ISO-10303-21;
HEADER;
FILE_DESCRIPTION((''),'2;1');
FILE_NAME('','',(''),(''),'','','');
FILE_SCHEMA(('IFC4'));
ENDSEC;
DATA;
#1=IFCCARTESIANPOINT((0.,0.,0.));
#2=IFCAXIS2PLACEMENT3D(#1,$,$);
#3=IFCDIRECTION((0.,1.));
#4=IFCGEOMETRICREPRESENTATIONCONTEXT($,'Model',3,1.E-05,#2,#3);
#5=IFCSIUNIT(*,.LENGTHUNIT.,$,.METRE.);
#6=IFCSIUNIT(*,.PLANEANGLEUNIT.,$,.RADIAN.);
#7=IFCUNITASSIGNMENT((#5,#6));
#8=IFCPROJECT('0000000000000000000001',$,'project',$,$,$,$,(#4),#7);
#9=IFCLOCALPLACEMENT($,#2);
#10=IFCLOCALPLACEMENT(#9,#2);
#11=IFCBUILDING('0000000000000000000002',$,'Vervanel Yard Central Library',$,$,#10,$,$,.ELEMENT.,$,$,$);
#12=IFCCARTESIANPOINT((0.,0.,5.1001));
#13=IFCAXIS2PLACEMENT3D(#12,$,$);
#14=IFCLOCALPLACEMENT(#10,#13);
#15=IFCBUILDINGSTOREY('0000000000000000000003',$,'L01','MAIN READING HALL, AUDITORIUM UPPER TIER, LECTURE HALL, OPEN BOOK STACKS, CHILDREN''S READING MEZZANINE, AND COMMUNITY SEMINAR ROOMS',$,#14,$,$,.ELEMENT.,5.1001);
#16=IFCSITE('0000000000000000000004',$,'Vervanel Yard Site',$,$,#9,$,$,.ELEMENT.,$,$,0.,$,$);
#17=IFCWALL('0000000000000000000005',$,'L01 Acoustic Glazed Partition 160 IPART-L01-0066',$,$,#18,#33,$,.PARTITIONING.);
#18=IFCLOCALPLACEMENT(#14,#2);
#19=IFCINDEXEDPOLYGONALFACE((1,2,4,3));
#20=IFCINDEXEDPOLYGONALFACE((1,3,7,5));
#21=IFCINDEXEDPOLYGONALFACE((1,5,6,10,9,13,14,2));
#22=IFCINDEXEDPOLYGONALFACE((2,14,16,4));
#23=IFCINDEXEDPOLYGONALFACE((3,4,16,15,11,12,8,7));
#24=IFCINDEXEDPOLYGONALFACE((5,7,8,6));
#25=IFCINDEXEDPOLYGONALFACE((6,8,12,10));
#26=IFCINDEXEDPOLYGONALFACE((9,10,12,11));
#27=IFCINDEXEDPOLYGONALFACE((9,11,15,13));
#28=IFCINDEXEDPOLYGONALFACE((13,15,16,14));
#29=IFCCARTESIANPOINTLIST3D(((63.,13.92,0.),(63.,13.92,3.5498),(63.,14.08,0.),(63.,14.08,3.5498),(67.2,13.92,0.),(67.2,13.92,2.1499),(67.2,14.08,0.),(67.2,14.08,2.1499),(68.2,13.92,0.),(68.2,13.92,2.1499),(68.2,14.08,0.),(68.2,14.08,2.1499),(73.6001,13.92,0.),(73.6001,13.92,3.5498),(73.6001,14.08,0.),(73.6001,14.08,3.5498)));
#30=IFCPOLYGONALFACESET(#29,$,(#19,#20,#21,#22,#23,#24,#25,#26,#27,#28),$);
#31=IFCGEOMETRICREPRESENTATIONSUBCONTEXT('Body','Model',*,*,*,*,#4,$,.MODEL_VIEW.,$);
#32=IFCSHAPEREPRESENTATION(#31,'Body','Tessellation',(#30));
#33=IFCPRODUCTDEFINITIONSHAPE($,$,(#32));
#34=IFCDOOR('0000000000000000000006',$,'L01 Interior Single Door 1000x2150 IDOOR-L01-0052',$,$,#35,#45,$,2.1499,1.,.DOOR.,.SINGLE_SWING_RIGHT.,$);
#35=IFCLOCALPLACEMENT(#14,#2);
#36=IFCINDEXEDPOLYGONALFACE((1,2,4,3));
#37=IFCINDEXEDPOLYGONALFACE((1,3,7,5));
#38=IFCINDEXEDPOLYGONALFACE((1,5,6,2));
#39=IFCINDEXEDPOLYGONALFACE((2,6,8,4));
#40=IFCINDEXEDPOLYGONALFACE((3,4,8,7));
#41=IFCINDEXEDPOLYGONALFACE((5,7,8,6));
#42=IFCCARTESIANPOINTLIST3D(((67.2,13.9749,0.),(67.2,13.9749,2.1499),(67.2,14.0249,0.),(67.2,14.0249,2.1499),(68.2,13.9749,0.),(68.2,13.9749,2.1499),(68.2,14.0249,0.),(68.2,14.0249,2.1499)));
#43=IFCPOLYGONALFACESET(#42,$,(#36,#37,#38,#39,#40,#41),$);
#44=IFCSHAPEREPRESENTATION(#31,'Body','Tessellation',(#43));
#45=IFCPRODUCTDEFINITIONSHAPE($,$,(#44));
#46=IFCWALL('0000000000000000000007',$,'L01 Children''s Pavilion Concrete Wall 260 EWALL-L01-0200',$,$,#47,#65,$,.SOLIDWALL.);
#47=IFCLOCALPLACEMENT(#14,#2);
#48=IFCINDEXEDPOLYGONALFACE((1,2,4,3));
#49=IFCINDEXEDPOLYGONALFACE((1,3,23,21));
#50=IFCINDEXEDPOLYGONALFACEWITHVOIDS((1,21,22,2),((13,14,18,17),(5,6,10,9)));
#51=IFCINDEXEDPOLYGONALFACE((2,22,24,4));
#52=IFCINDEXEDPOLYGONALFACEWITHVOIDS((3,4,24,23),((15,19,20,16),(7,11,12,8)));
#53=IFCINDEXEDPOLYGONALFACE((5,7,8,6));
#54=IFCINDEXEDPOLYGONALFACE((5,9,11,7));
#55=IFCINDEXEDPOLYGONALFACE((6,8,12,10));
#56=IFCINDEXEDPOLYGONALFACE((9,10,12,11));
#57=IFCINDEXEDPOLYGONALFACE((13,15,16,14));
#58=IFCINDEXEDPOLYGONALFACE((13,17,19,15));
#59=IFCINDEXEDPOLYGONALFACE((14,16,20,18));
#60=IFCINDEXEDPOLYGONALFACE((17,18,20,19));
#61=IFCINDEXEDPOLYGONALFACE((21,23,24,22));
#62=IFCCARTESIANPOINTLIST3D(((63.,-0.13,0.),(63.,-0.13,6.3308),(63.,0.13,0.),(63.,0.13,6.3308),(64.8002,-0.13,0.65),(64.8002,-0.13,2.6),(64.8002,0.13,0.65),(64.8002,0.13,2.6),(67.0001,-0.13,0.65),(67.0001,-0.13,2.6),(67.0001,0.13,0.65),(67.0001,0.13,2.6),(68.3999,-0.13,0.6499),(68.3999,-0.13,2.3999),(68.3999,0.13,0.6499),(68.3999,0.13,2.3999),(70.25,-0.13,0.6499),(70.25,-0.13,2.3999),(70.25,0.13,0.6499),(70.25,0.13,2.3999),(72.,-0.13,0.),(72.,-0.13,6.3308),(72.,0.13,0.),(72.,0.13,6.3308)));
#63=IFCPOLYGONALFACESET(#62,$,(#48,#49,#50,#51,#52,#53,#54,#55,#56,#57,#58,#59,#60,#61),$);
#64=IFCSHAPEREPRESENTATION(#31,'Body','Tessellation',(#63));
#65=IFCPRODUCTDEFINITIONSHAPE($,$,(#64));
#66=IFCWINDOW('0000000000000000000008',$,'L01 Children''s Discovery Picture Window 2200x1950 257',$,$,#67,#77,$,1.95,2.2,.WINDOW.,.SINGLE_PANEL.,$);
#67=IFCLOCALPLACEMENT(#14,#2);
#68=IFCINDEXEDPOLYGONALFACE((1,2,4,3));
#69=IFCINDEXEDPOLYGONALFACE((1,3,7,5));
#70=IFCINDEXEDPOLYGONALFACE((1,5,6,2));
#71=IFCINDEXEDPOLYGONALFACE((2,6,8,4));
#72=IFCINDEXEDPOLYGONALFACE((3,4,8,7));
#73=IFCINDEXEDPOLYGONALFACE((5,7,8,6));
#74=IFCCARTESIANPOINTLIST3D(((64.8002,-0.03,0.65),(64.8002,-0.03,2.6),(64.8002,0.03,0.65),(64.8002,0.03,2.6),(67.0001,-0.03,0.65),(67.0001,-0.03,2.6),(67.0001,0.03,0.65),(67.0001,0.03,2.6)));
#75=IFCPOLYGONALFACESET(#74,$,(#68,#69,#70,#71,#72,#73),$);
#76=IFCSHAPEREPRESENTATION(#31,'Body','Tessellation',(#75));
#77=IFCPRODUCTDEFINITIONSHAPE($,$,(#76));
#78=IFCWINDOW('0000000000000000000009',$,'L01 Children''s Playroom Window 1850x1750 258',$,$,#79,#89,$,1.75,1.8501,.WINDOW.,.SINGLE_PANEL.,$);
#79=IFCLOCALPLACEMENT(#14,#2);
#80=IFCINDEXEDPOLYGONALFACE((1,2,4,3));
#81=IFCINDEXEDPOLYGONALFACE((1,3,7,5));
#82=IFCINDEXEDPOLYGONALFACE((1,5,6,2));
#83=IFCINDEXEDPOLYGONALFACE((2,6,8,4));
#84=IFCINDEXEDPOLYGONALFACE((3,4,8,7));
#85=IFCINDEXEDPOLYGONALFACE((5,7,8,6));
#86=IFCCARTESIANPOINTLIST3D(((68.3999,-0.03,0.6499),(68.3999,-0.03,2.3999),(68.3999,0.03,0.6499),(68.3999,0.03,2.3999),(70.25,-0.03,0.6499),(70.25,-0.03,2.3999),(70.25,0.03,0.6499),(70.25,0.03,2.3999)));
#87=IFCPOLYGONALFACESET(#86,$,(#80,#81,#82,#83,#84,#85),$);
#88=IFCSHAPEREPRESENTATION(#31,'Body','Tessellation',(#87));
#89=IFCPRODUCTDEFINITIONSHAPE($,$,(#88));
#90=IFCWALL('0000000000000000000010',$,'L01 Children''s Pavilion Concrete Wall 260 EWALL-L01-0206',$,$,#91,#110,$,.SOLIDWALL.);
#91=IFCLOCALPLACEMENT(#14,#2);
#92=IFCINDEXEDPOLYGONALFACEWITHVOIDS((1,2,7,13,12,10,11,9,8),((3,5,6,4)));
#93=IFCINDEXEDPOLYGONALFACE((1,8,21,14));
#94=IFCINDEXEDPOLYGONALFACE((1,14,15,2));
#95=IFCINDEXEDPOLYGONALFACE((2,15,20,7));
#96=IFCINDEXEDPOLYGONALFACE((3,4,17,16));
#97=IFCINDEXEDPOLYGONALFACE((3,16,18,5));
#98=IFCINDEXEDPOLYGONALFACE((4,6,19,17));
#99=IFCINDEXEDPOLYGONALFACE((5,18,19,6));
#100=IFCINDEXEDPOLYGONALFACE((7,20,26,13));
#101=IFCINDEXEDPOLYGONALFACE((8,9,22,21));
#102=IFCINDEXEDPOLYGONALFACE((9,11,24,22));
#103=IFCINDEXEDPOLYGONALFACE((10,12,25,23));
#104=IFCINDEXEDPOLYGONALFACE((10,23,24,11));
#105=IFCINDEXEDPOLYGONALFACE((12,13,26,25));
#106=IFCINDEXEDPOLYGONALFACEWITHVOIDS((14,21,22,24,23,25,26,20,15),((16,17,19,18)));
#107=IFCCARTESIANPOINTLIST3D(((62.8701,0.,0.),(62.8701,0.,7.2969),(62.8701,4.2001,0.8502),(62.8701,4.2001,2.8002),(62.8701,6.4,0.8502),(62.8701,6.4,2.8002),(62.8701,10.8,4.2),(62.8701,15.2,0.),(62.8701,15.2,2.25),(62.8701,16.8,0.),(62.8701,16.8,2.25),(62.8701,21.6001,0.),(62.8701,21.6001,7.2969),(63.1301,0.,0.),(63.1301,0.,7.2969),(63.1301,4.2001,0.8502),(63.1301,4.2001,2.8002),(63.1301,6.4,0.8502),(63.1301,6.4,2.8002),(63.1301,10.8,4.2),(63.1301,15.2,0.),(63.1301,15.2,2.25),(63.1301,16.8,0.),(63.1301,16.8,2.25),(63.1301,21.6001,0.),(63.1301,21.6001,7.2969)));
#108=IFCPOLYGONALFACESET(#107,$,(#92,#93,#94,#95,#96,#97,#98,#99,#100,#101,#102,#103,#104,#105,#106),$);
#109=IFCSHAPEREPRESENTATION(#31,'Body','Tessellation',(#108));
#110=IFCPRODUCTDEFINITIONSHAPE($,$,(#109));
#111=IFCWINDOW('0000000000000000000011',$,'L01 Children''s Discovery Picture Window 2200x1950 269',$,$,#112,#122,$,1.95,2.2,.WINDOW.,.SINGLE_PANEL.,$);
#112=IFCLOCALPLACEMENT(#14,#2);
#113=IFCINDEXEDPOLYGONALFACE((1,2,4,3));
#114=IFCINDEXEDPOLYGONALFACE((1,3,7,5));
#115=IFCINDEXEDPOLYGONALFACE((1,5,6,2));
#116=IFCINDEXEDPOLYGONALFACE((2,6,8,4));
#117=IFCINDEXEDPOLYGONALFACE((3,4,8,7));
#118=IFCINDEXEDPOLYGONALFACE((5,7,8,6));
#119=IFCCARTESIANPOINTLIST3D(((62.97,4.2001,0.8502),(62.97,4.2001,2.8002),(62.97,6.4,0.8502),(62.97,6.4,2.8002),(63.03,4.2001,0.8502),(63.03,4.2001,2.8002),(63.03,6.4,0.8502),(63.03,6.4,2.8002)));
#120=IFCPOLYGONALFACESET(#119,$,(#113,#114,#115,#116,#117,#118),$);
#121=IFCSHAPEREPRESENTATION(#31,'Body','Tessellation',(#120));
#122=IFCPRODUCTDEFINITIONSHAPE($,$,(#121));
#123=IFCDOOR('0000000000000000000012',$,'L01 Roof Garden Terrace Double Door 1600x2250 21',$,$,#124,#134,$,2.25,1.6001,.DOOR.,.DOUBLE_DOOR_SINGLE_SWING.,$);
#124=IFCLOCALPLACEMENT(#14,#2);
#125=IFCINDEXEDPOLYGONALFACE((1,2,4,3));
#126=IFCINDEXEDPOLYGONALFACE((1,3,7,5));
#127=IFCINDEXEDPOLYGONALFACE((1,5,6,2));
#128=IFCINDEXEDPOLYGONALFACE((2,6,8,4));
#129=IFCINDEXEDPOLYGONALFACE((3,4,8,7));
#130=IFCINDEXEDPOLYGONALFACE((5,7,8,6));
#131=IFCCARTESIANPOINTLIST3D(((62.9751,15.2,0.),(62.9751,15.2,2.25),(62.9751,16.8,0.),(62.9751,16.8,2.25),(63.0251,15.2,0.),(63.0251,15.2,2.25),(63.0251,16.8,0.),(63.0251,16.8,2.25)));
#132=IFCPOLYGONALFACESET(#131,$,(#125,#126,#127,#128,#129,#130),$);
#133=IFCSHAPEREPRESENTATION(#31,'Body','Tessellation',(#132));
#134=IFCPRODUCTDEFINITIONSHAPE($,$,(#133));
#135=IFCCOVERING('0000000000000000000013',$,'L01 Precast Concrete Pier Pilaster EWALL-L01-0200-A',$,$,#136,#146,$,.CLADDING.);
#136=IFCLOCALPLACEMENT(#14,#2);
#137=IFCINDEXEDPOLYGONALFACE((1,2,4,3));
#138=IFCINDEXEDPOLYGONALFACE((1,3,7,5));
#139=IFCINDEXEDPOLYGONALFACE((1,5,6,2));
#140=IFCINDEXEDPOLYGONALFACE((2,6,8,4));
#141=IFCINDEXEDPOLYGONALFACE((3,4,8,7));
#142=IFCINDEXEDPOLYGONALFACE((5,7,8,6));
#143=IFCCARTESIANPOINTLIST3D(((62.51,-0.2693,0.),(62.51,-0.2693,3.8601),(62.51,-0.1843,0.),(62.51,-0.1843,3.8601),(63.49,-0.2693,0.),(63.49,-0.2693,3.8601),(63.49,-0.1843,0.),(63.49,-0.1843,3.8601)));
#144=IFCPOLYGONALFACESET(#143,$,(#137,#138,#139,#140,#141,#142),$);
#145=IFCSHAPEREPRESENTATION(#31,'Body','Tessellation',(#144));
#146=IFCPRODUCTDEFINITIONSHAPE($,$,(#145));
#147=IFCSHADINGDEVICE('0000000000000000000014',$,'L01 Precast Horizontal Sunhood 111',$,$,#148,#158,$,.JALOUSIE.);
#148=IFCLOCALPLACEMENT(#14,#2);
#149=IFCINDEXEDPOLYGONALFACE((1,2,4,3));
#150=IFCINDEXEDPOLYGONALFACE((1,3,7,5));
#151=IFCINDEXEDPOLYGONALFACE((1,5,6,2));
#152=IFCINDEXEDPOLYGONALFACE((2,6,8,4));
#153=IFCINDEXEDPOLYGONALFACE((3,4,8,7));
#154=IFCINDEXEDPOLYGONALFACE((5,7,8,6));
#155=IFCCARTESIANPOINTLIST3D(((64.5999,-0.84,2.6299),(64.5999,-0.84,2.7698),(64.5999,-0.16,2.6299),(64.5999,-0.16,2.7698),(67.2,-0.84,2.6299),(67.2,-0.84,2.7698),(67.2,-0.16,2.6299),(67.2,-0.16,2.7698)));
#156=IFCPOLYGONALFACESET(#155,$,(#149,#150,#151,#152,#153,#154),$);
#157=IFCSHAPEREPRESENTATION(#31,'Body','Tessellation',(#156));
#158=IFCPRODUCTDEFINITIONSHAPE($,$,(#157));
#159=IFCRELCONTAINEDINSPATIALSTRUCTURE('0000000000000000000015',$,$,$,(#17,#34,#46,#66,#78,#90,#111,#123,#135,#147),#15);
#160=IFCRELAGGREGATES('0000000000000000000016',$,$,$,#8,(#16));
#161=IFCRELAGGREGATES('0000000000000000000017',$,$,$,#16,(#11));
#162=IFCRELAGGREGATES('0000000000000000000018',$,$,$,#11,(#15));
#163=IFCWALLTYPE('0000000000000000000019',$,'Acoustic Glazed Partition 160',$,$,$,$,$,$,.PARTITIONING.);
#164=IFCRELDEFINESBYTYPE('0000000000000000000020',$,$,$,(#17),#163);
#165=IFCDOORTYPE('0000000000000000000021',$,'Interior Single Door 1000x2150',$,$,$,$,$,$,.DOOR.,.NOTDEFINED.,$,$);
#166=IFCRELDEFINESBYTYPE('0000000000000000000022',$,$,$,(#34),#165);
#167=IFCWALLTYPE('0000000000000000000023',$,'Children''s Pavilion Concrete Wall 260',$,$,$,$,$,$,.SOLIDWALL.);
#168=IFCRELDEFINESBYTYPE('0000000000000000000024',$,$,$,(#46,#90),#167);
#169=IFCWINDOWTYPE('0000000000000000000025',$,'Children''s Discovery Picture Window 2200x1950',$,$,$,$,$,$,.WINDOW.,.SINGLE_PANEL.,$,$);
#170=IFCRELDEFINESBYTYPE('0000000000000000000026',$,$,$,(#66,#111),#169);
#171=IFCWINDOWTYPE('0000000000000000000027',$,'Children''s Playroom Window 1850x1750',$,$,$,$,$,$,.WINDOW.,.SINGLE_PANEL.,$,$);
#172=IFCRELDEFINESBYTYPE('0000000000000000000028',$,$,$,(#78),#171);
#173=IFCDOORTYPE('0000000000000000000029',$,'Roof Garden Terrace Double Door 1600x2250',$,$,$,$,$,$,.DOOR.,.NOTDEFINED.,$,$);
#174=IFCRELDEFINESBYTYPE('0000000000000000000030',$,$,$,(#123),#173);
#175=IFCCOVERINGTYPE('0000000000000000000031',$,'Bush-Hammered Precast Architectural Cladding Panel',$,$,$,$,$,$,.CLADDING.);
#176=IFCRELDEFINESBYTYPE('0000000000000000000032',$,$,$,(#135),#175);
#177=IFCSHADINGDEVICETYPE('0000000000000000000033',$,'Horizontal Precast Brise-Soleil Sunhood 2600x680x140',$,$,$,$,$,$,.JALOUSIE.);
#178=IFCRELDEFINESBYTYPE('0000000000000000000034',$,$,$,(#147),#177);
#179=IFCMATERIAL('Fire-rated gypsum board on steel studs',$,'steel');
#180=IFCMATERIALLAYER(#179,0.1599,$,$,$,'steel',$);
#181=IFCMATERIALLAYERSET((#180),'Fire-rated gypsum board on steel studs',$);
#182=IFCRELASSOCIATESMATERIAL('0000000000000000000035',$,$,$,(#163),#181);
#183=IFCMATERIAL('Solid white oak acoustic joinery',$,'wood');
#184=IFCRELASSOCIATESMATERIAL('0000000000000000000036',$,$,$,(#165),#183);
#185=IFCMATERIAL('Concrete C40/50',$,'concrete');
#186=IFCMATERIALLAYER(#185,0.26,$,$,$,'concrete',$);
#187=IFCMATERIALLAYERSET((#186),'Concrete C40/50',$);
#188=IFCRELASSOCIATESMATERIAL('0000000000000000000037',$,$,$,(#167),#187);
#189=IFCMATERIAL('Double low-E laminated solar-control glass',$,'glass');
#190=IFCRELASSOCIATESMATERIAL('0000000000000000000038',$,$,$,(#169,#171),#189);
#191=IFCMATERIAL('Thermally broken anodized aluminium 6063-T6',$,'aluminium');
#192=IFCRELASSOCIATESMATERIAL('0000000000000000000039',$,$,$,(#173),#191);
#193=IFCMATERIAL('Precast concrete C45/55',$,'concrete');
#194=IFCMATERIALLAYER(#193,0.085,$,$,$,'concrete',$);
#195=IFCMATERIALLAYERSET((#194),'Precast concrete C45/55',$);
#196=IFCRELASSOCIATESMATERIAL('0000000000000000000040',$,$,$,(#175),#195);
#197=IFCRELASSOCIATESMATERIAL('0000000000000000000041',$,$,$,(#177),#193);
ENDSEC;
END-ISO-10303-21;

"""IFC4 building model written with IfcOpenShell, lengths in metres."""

from ifc_helpers import new_model, si_unit, direction, frame, frame_2d, origin, origin_2d, place, context, subcontext, project, spatial, polyline, rectangle, outline, extrude, material, layer, layer_set, type_object, element, fill, save


model = new_model("IFC4")

# Units and contexts
model_context = context("Model", 3, precision=1e-05, world=origin(), true_north=direction((0.0, 1.0)))
body_context = subcontext(model_context, "Body", "Model", "MODEL_VIEW")
ifc_project = project(units=[si_unit("LENGTHUNIT", "METRE"), si_unit("PLANEANGLEUNIT", "RADIAN")], contexts=[model_context])

# Site, building, storey
site_placement = place(None, origin())
site = spatial("IfcSite", under=ifc_project, at=site_placement, Name="Vervanel Yard Site", CompositionType="ELEMENT", RefElevation=0.0)
building_placement = place(site_placement, origin())
building = spatial("IfcBuilding", under=site, at=building_placement, Name="Vervanel Yard Central Library", CompositionType="ELEMENT")
storey_placement = place(building_placement, frame((0.0, 0.0, 5.1001)))
storey = spatial("IfcBuildingStorey", under=building, at=storey_placement, Name="L01", Description="MAIN READING HALL, AUDITORIUM UPPER TIER, LECTURE HALL, OPEN BOOK STACKS, CHILDREN'S READING MEZZANINE, AND COMMUNITY SEMINAR ROOMS", CompositionType="ELEMENT", Elevation=5.1001)

# Shared definitions
ifc_material_1 = material(Name="Concrete C40/50", Category="concrete")

# Wall, opening, door
ifc_material_2 = material(Name="Fire-rated gypsum board on steel studs", Category="steel")
ifc_layer_1 = layer(ifc_material_2, 0.1599, Category="steel")
ifc_layer_set_1 = layer_set([ifc_layer_1], Name="Fire-rated gypsum board on steel studs")
wall_type_1 = type_object("IfcWallType", Name="Acoustic Glazed Partition 160", PredefinedType="PARTITIONING", material=ifc_layer_set_1)
wall_1_placement = place(storey_placement, frame((63.0, 14.0, 0.0), z_axis=(0.0, 0.0, 1.0), x_axis=(1.0, 0.0, 0.0)))
wall_1 = element("IfcWall", 1, at=wall_1_placement, inside=storey, type_object=wall_type_1, Name="L01 Acoustic Glazed Partition 160 IPART-L01-0066", PredefinedType="PARTITIONING", context=body_context, shape_type="SweptSolid", body=[
    extrude(rectangle(XDim=10.6001, YDim=0.1599, at=frame_2d((5.3, 0.0))), origin(), (0.0, 0.0, 1.0), 3.5498),
])
opening_1_placement = place(wall_1_placement, frame((4.2, 0.0, 0.0)))
opening_1 = element("IfcOpeningElement", 2, at=opening_1_placement, cuts=wall_1, PredefinedType="OPENING", context=body_context, shape_type="SweptSolid", body=[
    extrude(rectangle(XDim=1.0, YDim=2.1499, at=frame_2d((0.5, 1.075))), frame((0.0, 0.0898, 0.0), z_axis=(0.0, -1.0, 0.0), x_axis=(1.0, 0.0, 0.0)), (0.0, 0.0, 1.0), 0.1799),
])
ifc_material_3 = material(Name="Solid white oak acoustic joinery", Category="wood")
door_type_1 = type_object("IfcDoorType", Name="Interior Single Door 1000x2150", OperationType="NOTDEFINED", PredefinedType="DOOR", material=ifc_material_3)
door_1_placement = place(opening_1_placement, origin())
door_1 = element("IfcDoor", 3, at=door_1_placement, inside=storey, type_object=door_type_1, Name="L01 Interior Single Door 1000x2150 IDOOR-L01-0052", OperationType="SINGLE_SWING_RIGHT", OverallHeight=2.1499, OverallWidth=1.0, PredefinedType="DOOR", context=body_context, shape_type="SweptSolid", body=[
    extrude(rectangle(XDim=1.0, YDim=2.1499, at=frame_2d((0.5, 1.075))), frame((0.0, 0.0249, 0.0), z_axis=(0.0, -1.0, 0.0), x_axis=(1.0, 0.0, 0.0)), (0.0, 0.0, 1.0), 0.05),
])
fill(opening_1, door_1)

# Wall, openings, windows
ifc_layer_2 = layer(ifc_material_1, 0.26, Category="concrete")
ifc_layer_set_2 = layer_set([ifc_layer_2], Name="Concrete C40/50")
wall_type_2 = type_object("IfcWallType", Name="Children's Pavilion Concrete Wall 260", PredefinedType="SOLIDWALL", material=ifc_layer_set_2)
wall_2_placement = place(storey_placement, frame((63.0, 0.0, 0.0), z_axis=(0.0, 0.0, 1.0), x_axis=(1.0, 0.0, 0.0)))
wall_2 = element("IfcWall", 4, at=wall_2_placement, inside=storey, type_object=wall_type_2, Name="L01 Children's Pavilion Concrete Wall 260 EWALL-L01-0200", PredefinedType="SOLIDWALL", context=body_context, shape_type="SweptSolid", body=[
    extrude(rectangle(XDim=9.0, YDim=0.26, at=frame_2d((4.5, 0.0))), origin(), (0.0, 0.0, 1.0), 6.3308),
])
opening_2_placement = place(wall_2_placement, frame((1.8, 0.0, 0.6499)))
opening_2 = element("IfcOpeningElement", 5, at=opening_2_placement, cuts=wall_2, PredefinedType="OPENING", context=body_context, shape_type="SweptSolid", body=[
    extrude(rectangle(XDim=2.2, YDim=1.95, at=frame_2d((1.1001, 0.9751))), frame((0.0, 0.1399, 0.0), z_axis=(0.0, -1.0, 0.0), x_axis=(1.0, 0.0, 0.0)), (0.0, 0.0, 1.0), 0.28),
])
opening_3_placement = place(wall_2_placement, frame((5.3999, 0.0, 0.6499)))
opening_3 = element("IfcOpeningElement", 6, at=opening_3_placement, cuts=wall_2, PredefinedType="OPENING", context=body_context, shape_type="SweptSolid", body=[
    extrude(rectangle(XDim=1.8501, YDim=1.75, at=frame_2d((0.925, 0.875))), frame((0.0, 0.1399, 0.0), z_axis=(0.0, -1.0, 0.0), x_axis=(1.0, 0.0, 0.0)), (0.0, 0.0, 1.0), 0.28),
])
ifc_material_4 = material(Name="Double low-E laminated solar-control glass", Category="glass")
window_type_1 = type_object("IfcWindowType", Name="Children's Discovery Picture Window 2200x1950", PartitioningType="SINGLE_PANEL", PredefinedType="WINDOW", material=ifc_material_4)
window_1_placement = place(opening_2_placement, origin())
window_1 = element("IfcWindow", 7, at=window_1_placement, inside=storey, type_object=window_type_1, Name="L01 Children's Discovery Picture Window 2200x1950 257", OverallHeight=1.95, OverallWidth=2.2, PartitioningType="SINGLE_PANEL", PredefinedType="WINDOW", context=body_context, shape_type="SweptSolid", body=[
    extrude(rectangle(XDim=2.2, YDim=1.95, at=frame_2d((1.1001, 0.9751))), frame((0.0, 0.03, 0.0), z_axis=(0.0, -1.0, 0.0), x_axis=(1.0, 0.0, 0.0)), (0.0, 0.0, 1.0), 0.0601),
])
fill(opening_2, window_1)
window_type_2 = type_object("IfcWindowType", Name="Children's Playroom Window 1850x1750", PartitioningType="SINGLE_PANEL", PredefinedType="WINDOW", material=ifc_material_4)
window_2_placement = place(opening_3_placement, origin())
window_2 = element("IfcWindow", 8, at=window_2_placement, inside=storey, type_object=window_type_2, Name="L01 Children's Playroom Window 1850x1750 258", OverallHeight=1.75, OverallWidth=1.8501, PartitioningType="SINGLE_PANEL", PredefinedType="WINDOW", context=body_context, shape_type="SweptSolid", body=[
    extrude(rectangle(XDim=1.8501, YDim=1.75, at=frame_2d((0.925, 0.875))), frame((0.0, 0.03, 0.0), z_axis=(0.0, -1.0, 0.0), x_axis=(1.0, 0.0, 0.0)), (0.0, 0.0, 1.0), 0.0601),
])
fill(opening_3, window_2)

# Wall, openings, window, door
wall_3_placement = place(storey_placement, frame((63.0, 0.0, 0.0), z_axis=(0.0, 0.0, 1.0), x_axis=(0.0, 1.0, 0.0)))
wall_3 = element("IfcWall", 9, at=wall_3_placement, inside=storey, type_object=wall_type_2, Name="L01 Children's Pavilion Concrete Wall 260 EWALL-L01-0206", PredefinedType="SOLIDWALL", context=body_context, shape_type="SweptSolid", body=[
    extrude(outline(polyline([(0.0, 0.0), (21.6001, 0.0), (21.6001, 7.2969), (10.8, 4.2), (0.0, 7.2969), (0.0, 0.0)])), frame((0.0, 0.1299, 0.0), z_axis=(0.0, -1.0, 0.0), x_axis=(1.0, 0.0, 0.0)), (0.0, 0.0, 1.0), 0.26),
])
opening_4_placement = place(wall_3_placement, frame((15.2, 0.0, 0.0)))
opening_4 = element("IfcOpeningElement", 10, at=opening_4_placement, cuts=wall_3, PredefinedType="OPENING", context=body_context, shape_type="SweptSolid", body=[
    extrude(rectangle(XDim=1.6001, YDim=2.25, at=frame_2d((0.8, 1.125))), frame((0.0, 0.1399, 0.0), z_axis=(0.0, -1.0, 0.0), x_axis=(1.0, 0.0, 0.0)), (0.0, 0.0, 1.0), 0.28),
])
opening_5_placement = place(wall_3_placement, frame((4.2, 0.0, 0.8501)))
opening_5 = element("IfcOpeningElement", 11, at=opening_5_placement, cuts=wall_3, PredefinedType="OPENING", context=body_context, shape_type="SweptSolid", body=[
    extrude(rectangle(XDim=2.2, YDim=1.95, at=frame_2d((1.1001, 0.9751))), frame((0.0, 0.1399, 0.0), z_axis=(0.0, -1.0, 0.0), x_axis=(1.0, 0.0, 0.0)), (0.0, 0.0, 1.0), 0.28),
])
window_3_placement = place(opening_5_placement, origin())
window_3 = element("IfcWindow", 12, at=window_3_placement, inside=storey, type_object=window_type_1, Name="L01 Children's Discovery Picture Window 2200x1950 269", OverallHeight=1.95, OverallWidth=2.2, PartitioningType="SINGLE_PANEL", PredefinedType="WINDOW", context=body_context, shape_type="SweptSolid", body=[
    extrude(rectangle(XDim=2.2, YDim=1.95, at=frame_2d((1.1001, 0.9751))), frame((0.0, 0.03, 0.0), z_axis=(0.0, -1.0, 0.0), x_axis=(1.0, 0.0, 0.0)), (0.0, 0.0, 1.0), 0.0601),
])
fill(opening_5, window_3)
ifc_material_5 = material(Name="Thermally broken anodized aluminium 6063-T6", Category="aluminium")
door_type_2 = type_object("IfcDoorType", Name="Roof Garden Terrace Double Door 1600x2250", OperationType="NOTDEFINED", PredefinedType="DOOR", material=ifc_material_5)
door_2_placement = place(opening_4_placement, origin())
door_2 = element("IfcDoor", 13, at=door_2_placement, inside=storey, type_object=door_type_2, Name="L01 Roof Garden Terrace Double Door 1600x2250 21", OperationType="DOUBLE_DOOR_SINGLE_SWING", OverallHeight=2.25, OverallWidth=1.6001, PredefinedType="DOOR", context=body_context, shape_type="SweptSolid", body=[
    extrude(rectangle(XDim=1.6001, YDim=2.25, at=frame_2d((0.8, 1.125))), frame((0.0, 0.0249, 0.0), z_axis=(0.0, -1.0, 0.0), x_axis=(1.0, 0.0, 0.0)), (0.0, 0.0, 1.0), 0.05),
])
fill(opening_4, door_2)

# Covering
ifc_material_6 = material(Name="Precast concrete C45/55", Category="concrete")
ifc_layer_3 = layer(ifc_material_6, 0.085, Category="concrete")
ifc_layer_set_3 = layer_set([ifc_layer_3], Name="Precast concrete C45/55")
covering_type = type_object("IfcCoveringType", Name="Bush-Hammered Precast Architectural Cladding Panel", PredefinedType="CLADDING", material=ifc_layer_set_3)
covering_placement = place(storey_placement, frame((63.0, -0.2268, 0.0), z_axis=(0.0, 0.0, 1.0), x_axis=(1.0, 0.0, 0.0)))
element("IfcCovering", 14, at=covering_placement, inside=storey, type_object=covering_type, Name="L01 Precast Concrete Pier Pilaster EWALL-L01-0200-A", PredefinedType="CLADDING", context=body_context, shape_type="SweptSolid", body=[
    extrude(rectangle(XDim=0.98, YDim=0.085, at=origin_2d()), origin(), (0.0, 0.0, 1.0), 3.8601),
])

# Shading device
shading_device_type_1 = type_object("IfcShadingDeviceType", Name="Horizontal Precast Brise-Soleil Sunhood 2600x680x140", PredefinedType="JALOUSIE", material=ifc_material_6)
shading_device_placement = place(storey_placement, frame((65.8999, -0.5, 2.6299), z_axis=(0.0, 0.0, 1.0), x_axis=(1.0, 0.0, 0.0)))
element("IfcShadingDevice", 15, at=shading_device_placement, inside=storey, type_object=shading_device_type_1, Name="L01 Precast Horizontal Sunhood 111", PredefinedType="JALOUSIE", context=body_context, shape_type="SweptSolid", body=[
    extrude(rectangle(XDim=2.6001, YDim=0.6799, at=origin_2d()), origin(), (0.0, 0.0, 1.0), 0.1399),
])

save(model, "model.ifc")
